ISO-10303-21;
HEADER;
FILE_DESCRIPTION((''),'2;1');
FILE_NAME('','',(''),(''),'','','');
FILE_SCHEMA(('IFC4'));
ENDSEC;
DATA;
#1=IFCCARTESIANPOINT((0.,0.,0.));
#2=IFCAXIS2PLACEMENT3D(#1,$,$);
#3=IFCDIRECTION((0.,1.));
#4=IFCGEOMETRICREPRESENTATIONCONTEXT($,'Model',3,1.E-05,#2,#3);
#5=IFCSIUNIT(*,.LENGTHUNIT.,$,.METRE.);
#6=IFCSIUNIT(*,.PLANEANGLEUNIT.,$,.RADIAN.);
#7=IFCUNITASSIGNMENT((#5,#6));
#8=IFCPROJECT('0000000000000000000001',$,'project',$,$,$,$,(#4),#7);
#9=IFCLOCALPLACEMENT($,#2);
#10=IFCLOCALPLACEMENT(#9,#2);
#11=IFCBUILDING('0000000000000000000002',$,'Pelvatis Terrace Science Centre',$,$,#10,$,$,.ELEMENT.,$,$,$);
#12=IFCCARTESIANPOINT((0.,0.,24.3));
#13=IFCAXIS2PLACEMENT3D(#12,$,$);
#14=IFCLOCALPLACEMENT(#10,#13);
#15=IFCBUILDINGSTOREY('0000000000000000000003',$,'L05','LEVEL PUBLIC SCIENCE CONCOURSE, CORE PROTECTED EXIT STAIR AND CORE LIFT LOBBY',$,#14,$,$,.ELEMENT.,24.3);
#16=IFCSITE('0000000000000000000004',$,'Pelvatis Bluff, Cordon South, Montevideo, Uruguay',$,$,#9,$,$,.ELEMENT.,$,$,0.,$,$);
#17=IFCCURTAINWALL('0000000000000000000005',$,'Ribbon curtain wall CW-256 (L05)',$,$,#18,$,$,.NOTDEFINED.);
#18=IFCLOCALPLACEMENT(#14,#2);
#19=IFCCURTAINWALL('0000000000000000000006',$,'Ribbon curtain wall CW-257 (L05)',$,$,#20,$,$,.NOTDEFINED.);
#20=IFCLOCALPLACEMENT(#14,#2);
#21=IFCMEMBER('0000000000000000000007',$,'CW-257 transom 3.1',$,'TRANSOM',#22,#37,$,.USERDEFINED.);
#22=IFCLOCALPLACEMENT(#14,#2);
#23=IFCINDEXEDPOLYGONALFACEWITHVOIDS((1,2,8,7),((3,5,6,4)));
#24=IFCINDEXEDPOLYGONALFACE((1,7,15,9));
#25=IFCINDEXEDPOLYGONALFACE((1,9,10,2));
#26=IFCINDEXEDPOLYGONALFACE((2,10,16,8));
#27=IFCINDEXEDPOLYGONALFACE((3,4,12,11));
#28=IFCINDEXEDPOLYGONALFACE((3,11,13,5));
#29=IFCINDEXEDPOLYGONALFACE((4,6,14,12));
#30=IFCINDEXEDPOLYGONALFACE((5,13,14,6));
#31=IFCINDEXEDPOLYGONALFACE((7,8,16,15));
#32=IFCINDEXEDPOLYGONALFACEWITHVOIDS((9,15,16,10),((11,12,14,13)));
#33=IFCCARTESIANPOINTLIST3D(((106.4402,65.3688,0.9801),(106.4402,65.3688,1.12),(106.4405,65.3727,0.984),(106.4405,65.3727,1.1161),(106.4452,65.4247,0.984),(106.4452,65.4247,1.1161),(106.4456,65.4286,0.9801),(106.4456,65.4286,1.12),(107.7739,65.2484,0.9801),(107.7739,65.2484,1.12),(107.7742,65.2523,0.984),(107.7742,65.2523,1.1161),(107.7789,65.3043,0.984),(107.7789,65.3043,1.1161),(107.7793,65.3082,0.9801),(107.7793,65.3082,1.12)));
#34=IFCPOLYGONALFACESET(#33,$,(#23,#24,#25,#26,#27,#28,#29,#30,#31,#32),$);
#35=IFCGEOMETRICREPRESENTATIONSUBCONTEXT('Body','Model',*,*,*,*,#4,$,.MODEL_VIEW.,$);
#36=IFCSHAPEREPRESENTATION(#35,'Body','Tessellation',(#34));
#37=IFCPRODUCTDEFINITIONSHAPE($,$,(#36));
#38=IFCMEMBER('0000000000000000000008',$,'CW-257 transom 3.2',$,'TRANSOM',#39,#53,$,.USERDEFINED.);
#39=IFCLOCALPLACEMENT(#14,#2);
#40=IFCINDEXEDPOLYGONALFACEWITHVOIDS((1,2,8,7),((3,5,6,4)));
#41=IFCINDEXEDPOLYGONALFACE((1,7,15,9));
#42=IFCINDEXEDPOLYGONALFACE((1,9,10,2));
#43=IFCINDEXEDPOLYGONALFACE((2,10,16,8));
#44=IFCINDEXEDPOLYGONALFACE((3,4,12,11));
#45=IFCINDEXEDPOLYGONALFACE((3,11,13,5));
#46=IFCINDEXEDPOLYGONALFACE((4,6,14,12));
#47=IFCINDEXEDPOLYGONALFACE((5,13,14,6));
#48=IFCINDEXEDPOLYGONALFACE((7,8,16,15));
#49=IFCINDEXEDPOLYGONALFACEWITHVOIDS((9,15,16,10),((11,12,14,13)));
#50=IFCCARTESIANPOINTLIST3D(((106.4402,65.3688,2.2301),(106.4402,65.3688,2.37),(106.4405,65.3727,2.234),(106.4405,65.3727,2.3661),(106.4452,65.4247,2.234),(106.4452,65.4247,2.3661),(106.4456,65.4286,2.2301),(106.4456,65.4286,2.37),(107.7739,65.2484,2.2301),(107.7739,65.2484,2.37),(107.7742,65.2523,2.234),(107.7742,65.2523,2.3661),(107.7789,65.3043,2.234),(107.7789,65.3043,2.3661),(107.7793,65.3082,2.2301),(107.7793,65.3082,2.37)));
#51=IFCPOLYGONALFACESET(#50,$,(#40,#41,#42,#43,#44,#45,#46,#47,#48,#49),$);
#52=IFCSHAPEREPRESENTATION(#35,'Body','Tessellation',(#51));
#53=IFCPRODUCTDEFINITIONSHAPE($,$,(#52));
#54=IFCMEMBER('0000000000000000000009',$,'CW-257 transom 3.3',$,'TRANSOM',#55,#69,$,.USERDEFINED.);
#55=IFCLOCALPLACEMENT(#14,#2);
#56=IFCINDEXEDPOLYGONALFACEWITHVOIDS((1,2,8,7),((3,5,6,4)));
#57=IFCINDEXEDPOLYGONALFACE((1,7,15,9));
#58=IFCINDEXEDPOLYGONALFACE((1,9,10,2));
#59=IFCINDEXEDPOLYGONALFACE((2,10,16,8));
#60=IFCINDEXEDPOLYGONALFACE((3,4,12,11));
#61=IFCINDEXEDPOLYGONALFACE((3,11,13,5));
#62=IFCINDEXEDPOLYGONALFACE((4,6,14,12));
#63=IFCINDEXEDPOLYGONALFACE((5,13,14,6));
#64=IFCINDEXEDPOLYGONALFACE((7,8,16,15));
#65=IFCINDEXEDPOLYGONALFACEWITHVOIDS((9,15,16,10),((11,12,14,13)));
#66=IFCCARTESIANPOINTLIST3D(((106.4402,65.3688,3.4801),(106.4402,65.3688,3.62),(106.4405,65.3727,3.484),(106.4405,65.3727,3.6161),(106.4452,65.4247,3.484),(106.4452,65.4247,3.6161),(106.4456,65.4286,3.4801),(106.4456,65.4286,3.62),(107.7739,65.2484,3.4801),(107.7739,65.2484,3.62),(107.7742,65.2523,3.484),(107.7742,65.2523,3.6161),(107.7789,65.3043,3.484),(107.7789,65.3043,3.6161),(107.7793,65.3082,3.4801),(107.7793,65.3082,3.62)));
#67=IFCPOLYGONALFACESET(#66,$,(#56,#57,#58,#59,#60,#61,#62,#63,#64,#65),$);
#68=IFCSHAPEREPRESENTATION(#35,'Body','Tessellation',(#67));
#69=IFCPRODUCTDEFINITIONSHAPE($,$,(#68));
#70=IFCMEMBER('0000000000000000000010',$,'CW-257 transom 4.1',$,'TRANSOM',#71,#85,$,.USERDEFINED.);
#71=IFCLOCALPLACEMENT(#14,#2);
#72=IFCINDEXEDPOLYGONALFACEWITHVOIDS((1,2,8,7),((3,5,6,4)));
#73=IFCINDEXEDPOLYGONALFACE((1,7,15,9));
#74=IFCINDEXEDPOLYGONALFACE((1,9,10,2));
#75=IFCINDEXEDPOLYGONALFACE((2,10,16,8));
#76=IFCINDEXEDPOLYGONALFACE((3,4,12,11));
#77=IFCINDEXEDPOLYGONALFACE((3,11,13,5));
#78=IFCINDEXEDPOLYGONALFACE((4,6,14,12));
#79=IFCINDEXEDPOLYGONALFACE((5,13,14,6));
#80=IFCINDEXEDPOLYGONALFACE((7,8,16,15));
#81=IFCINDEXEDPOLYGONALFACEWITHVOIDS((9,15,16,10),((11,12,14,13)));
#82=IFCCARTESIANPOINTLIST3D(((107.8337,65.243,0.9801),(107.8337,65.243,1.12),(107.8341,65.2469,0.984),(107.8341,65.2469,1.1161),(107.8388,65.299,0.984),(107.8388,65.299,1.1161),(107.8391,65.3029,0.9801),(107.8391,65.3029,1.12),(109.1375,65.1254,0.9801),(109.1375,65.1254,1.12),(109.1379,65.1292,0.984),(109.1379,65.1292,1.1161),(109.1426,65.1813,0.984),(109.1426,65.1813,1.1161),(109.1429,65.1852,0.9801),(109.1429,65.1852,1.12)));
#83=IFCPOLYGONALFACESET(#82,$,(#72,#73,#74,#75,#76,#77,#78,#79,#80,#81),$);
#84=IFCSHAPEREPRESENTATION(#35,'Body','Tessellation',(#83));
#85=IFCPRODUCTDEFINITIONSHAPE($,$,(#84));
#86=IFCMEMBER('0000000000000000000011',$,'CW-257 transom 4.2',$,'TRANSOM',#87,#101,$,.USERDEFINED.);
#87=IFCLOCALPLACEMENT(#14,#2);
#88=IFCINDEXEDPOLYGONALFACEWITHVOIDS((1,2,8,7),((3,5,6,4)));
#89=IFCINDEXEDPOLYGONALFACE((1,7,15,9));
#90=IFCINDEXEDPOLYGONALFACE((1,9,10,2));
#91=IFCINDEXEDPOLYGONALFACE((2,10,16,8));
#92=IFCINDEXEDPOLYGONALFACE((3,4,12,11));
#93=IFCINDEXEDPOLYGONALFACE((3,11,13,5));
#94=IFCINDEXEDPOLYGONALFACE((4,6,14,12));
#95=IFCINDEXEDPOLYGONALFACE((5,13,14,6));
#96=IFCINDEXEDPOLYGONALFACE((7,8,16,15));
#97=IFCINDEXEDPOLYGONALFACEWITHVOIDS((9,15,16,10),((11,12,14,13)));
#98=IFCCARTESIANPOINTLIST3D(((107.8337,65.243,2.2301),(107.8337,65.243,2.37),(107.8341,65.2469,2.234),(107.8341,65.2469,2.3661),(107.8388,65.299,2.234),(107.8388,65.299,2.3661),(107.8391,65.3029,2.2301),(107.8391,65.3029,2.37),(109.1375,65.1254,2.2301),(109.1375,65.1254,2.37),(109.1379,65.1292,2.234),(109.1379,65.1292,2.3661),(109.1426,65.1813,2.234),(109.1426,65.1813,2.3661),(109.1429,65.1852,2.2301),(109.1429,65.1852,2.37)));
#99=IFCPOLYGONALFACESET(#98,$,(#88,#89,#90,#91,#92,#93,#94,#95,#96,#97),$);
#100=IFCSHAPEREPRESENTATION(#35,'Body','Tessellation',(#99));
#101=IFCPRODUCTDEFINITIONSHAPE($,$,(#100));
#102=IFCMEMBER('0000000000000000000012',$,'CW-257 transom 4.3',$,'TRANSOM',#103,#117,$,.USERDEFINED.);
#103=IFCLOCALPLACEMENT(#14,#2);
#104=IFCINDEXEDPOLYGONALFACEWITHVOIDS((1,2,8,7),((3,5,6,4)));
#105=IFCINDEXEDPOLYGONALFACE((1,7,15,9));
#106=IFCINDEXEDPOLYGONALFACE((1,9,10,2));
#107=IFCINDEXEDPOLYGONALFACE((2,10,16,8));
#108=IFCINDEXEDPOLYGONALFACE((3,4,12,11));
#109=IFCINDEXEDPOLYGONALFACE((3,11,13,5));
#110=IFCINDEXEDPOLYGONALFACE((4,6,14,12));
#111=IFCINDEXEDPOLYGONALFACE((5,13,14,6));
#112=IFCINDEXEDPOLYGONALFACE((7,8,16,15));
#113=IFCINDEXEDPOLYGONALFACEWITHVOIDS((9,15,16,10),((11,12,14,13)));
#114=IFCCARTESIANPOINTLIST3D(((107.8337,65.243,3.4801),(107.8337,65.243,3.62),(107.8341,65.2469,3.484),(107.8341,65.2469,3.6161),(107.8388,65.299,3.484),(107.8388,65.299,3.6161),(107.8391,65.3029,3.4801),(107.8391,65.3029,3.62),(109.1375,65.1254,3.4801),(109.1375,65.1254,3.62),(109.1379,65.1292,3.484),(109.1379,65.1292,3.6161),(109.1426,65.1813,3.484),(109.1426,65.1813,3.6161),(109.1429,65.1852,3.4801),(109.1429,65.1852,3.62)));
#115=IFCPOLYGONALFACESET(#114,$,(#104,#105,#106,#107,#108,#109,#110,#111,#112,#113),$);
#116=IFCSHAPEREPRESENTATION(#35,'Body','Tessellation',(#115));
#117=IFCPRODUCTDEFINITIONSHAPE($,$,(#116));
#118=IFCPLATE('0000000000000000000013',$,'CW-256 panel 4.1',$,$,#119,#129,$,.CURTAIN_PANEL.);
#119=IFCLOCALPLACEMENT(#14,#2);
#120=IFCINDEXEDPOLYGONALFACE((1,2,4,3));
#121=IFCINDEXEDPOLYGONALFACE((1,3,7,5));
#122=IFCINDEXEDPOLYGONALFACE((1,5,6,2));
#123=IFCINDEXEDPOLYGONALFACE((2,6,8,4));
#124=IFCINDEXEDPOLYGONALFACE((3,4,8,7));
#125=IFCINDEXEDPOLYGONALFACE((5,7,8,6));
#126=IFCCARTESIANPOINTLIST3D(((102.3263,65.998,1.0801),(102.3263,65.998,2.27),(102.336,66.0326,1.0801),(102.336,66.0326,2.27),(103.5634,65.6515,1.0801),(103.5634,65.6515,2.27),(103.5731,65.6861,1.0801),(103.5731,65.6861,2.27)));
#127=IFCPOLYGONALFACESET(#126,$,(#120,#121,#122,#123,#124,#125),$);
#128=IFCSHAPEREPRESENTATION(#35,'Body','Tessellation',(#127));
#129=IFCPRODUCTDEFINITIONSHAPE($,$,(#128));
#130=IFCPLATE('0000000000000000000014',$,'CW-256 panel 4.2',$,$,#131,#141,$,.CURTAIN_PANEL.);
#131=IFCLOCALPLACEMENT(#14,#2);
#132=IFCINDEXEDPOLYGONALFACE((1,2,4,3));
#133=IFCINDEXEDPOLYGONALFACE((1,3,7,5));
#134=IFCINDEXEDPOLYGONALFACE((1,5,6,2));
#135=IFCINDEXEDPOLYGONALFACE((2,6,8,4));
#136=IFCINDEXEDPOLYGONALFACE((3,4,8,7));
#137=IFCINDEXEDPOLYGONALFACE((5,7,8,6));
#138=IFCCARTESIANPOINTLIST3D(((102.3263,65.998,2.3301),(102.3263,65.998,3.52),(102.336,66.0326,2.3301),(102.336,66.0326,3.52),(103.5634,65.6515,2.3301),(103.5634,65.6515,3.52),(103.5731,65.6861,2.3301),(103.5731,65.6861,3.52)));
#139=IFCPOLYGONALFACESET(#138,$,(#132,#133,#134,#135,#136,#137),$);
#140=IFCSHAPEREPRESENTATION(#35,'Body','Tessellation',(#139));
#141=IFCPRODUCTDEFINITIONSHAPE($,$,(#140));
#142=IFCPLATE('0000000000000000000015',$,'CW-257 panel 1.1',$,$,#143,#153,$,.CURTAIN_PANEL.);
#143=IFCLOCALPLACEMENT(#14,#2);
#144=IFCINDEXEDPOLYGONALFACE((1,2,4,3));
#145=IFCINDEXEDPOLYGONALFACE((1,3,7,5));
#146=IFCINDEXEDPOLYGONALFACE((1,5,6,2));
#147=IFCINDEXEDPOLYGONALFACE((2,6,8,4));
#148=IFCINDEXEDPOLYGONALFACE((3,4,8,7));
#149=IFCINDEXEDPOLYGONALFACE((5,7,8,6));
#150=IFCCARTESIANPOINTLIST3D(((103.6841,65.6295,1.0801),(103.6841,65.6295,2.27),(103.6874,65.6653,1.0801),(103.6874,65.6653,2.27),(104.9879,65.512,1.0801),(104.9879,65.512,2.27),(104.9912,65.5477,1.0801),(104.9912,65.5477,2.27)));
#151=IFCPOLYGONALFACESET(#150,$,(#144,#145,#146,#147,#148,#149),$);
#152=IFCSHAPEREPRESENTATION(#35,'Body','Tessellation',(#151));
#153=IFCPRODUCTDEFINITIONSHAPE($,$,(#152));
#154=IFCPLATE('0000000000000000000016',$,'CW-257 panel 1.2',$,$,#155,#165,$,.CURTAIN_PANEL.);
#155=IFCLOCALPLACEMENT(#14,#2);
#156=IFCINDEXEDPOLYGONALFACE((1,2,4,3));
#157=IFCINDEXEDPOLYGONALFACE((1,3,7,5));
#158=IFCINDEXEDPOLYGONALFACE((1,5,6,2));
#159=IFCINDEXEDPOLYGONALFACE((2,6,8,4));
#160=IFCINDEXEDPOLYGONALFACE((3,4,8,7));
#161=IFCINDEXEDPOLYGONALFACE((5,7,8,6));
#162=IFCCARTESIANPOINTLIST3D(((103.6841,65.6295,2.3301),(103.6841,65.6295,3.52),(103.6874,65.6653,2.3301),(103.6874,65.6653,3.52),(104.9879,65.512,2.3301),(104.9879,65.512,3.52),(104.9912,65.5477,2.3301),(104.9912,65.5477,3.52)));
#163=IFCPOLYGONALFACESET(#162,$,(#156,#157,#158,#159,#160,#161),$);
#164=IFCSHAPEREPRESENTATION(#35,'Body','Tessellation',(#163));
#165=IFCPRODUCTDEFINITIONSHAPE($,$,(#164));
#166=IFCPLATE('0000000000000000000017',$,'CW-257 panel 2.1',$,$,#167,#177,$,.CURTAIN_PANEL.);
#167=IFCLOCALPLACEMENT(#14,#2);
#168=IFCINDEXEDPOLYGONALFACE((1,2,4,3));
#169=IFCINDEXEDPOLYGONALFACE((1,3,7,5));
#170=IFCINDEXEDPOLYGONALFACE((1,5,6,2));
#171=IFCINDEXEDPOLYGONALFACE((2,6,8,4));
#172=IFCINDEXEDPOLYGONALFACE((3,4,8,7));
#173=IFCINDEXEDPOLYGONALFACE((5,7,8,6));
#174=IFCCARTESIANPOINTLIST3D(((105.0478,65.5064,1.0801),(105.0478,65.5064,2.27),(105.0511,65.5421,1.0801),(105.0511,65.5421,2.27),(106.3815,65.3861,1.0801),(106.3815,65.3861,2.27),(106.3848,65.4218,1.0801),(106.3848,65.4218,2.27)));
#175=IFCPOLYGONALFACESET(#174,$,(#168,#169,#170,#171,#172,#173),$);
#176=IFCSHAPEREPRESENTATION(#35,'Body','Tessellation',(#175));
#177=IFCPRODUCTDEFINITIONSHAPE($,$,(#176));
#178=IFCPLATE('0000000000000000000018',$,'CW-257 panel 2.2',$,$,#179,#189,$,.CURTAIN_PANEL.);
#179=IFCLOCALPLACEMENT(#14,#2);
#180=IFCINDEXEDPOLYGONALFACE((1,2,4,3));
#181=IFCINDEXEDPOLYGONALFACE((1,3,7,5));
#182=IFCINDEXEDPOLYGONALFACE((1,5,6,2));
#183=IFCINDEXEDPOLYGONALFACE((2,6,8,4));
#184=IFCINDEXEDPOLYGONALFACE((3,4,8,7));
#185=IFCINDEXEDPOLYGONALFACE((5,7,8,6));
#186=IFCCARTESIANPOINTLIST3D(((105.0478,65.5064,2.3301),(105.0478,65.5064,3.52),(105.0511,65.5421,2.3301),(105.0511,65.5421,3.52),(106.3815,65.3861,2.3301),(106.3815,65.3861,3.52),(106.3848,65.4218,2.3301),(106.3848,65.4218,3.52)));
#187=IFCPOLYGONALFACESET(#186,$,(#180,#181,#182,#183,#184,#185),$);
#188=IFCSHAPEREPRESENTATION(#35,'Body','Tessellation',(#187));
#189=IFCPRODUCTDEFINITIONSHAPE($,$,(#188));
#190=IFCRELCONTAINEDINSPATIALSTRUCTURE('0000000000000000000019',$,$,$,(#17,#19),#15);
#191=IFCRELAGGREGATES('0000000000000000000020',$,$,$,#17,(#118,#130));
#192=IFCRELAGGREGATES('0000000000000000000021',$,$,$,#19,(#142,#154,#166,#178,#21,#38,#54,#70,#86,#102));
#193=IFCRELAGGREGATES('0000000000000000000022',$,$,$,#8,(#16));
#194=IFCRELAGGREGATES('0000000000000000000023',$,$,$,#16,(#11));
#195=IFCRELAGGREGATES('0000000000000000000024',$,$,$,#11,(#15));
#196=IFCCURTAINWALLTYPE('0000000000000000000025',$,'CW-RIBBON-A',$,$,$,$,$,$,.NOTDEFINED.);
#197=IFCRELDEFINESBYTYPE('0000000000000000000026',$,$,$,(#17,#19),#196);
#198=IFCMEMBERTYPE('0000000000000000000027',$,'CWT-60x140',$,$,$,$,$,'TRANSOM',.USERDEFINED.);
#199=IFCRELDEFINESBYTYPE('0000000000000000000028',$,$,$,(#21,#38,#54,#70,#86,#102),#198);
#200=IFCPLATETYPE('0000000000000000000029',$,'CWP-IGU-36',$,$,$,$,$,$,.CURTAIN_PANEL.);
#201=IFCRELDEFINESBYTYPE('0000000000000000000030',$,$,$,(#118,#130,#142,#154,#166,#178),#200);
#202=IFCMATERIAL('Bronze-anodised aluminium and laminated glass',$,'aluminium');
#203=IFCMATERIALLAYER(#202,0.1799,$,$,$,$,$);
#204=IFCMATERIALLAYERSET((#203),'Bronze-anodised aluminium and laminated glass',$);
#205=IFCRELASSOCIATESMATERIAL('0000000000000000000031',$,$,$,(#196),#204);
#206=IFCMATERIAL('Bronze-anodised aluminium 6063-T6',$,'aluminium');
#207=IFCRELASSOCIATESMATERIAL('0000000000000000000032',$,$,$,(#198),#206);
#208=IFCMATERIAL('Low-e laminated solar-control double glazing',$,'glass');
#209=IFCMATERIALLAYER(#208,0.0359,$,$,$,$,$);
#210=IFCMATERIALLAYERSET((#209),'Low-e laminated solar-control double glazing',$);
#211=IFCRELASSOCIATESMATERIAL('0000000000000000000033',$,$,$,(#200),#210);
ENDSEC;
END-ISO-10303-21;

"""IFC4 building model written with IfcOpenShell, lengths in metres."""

from ifc_helpers import new_model, si_unit, direction, frame, origin, origin_2d, place, context, subcontext, project, spatial, rectangle, hollow_rectangle, extrude, material, layer, layer_set, material_profile, profile_set, type_object, element, aggregate, save


model = new_model("IFC4")

# Units and contexts
model_context = context("Model", 3, precision=1e-05, world=origin(), true_north=direction((0.0, 1.0)))
body_context = subcontext(model_context, "Body", "Model", "MODEL_VIEW")
ifc_project = project(units=[si_unit("LENGTHUNIT", "METRE"), si_unit("PLANEANGLEUNIT", "RADIAN")], contexts=[model_context])

# Site, building, storey
site_placement = place(None, origin())
site = spatial("IfcSite", under=ifc_project, at=site_placement, Name="Pelvatis Bluff, Cordon South, Montevideo, Uruguay", CompositionType="ELEMENT", RefElevation=0.0)
building_placement = place(site_placement, origin())
building = spatial("IfcBuilding", under=site, at=building_placement, Name="Pelvatis Terrace Science Centre", CompositionType="ELEMENT")
storey_placement = place(building_placement, frame((0.0, 0.0, 24.3)))
storey = spatial("IfcBuildingStorey", under=building, at=storey_placement, Name="L05", Description="LEVEL PUBLIC SCIENCE CONCOURSE, CORE PROTECTED EXIT STAIR AND CORE LIFT LOBBY", CompositionType="ELEMENT", Elevation=24.3)

# Curtain wall
ifc_material_1 = material(Name="Bronze-anodised aluminium and laminated glass", Category="aluminium")
ifc_layer_1 = layer(ifc_material_1, 0.1799)
ifc_layer_set_1 = layer_set([ifc_layer_1], Name="Bronze-anodised aluminium and laminated glass")
curtain_wall_type = type_object("IfcCurtainWallType", Name="CW-RIBBON-A", PredefinedType="NOTDEFINED", material=ifc_layer_set_1)
curtain_wall_1_placement = place(storey_placement, origin())
curtain_wall_1 = element("IfcCurtainWall", 1, at=curtain_wall_1_placement, inside=storey, type_object=curtain_wall_type, Name="Ribbon curtain wall CW-256 (L05)", PredefinedType="NOTDEFINED")

# Curtain wall, members
curtain_wall_2_placement = place(storey_placement, origin())
curtain_wall_2 = element("IfcCurtainWall", 2, at=curtain_wall_2_placement, inside=storey, type_object=curtain_wall_type, Name="Ribbon curtain wall CW-257 (L05)", PredefinedType="NOTDEFINED")
ifc_material_2 = material(Name="Bronze-anodised aluminium 6063-T6", Category="aluminium")
ifc_material_profile_1 = material_profile(ifc_material_2, hollow_rectangle(XDim=0.0601, YDim=0.1399, WallThickness=0.0039, at=origin_2d()), Name="ALU-TRN 60x140")
ifc_profile_set_1 = profile_set([ifc_material_profile_1], Name="Bronze-anodised aluminium 6063-T6")
member_type_1 = type_object("IfcMemberType", Name="CWT-60x140", ElementType="TRANSOM", PredefinedType="USERDEFINED", material=ifc_profile_set_1)
member_1_placement = place(storey_placement, frame((106.4429, 65.3987, 1.05), z_axis=(0.995953, -0.089878, 0.0), x_axis=(0.089878, 0.995953, 0.0)))
member_1 = element("IfcMember", 3, at=member_1_placement, type_object=member_type_1, Name="CW-257 transom 3.1", ObjectType="TRANSOM", PredefinedType="USERDEFINED", context=body_context, shape_type="SweptSolid", body=[
    extrude(hollow_rectangle(XDim=0.0601, YDim=0.1399, WallThickness=0.0039, at=origin_2d()), origin(), (0.0, 0.0, 1.0), 1.3391),
])
member_2_placement = place(storey_placement, frame((106.4429, 65.3987, 2.3), z_axis=(0.995953, -0.089878, 0.0), x_axis=(0.089878, 0.995953, 0.0)))
member_2 = element("IfcMember", 4, at=member_2_placement, type_object=member_type_1, Name="CW-257 transom 3.2", ObjectType="TRANSOM", PredefinedType="USERDEFINED", context=body_context, shape_type="SweptSolid", body=[
    extrude(hollow_rectangle(XDim=0.0601, YDim=0.1399, WallThickness=0.0039, at=origin_2d()), origin(), (0.0, 0.0, 1.0), 1.3391),
])
member_3_placement = place(storey_placement, frame((106.4429, 65.3987, 3.55), z_axis=(0.995953, -0.089878, 0.0), x_axis=(0.089878, 0.995953, 0.0)))
member_3 = element("IfcMember", 5, at=member_3_placement, type_object=member_type_1, Name="CW-257 transom 3.3", ObjectType="TRANSOM", PredefinedType="USERDEFINED", context=body_context, shape_type="SweptSolid", body=[
    extrude(hollow_rectangle(XDim=0.0601, YDim=0.1399, WallThickness=0.0039, at=origin_2d()), origin(), (0.0, 0.0, 1.0), 1.3391),
])
member_4_placement = place(storey_placement, frame((107.8364, 65.2729, 1.05), z_axis=(0.995951, -0.089897, 0.0), x_axis=(0.089897, 0.995951, 0.0)))
member_4 = element("IfcMember", 6, at=member_4_placement, type_object=member_type_1, Name="CW-257 transom 4.1", ObjectType="TRANSOM", PredefinedType="USERDEFINED", context=body_context, shape_type="SweptSolid", body=[
    extrude(hollow_rectangle(XDim=0.0601, YDim=0.1399, WallThickness=0.0039, at=origin_2d()), origin(), (0.0, 0.0, 1.0), 1.3091),
])
member_5_placement = place(storey_placement, frame((107.8364, 65.2729, 2.3), z_axis=(0.995951, -0.089897, 0.0), x_axis=(0.089897, 0.995951, 0.0)))
member_5 = element("IfcMember", 7, at=member_5_placement, type_object=member_type_1, Name="CW-257 transom 4.2", ObjectType="TRANSOM", PredefinedType="USERDEFINED", context=body_context, shape_type="SweptSolid", body=[
    extrude(hollow_rectangle(XDim=0.0601, YDim=0.1399, WallThickness=0.0039, at=origin_2d()), origin(), (0.0, 0.0, 1.0), 1.3091),
])
member_6_placement = place(storey_placement, frame((107.8364, 65.2729, 3.55), z_axis=(0.995951, -0.089897, 0.0), x_axis=(0.089897, 0.995951, 0.0)))
member_6 = element("IfcMember", 8, at=member_6_placement, type_object=member_type_1, Name="CW-257 transom 4.3", ObjectType="TRANSOM", PredefinedType="USERDEFINED", context=body_context, shape_type="SweptSolid", body=[
    extrude(hollow_rectangle(XDim=0.0601, YDim=0.1399, WallThickness=0.0039, at=origin_2d()), origin(), (0.0, 0.0, 1.0), 1.3091),
])

# Plates
ifc_material_3 = material(Name="Low-e laminated solar-control double glazing", Category="glass")
ifc_layer_2 = layer(ifc_material_3, 0.0359)
ifc_layer_set_2 = layer_set([ifc_layer_2], Name="Low-e laminated solar-control double glazing")
plate_type = type_object("IfcPlateType", Name="CWP-IGU-36", PredefinedType="CURTAIN_PANEL", material=ifc_layer_set_2)
plate_1_placement = place(storey_placement, frame((102.9497, 65.842, 1.0801), z_axis=(0.0, 0.0, 1.0), x_axis=(0.962946, -0.269695, 0.0)))
plate_1 = element("IfcPlate", 9, at=plate_1_placement, type_object=plate_type, Name="CW-256 panel 4.1", PredefinedType="CURTAIN_PANEL", context=body_context, shape_type="SweptSolid", body=[
    extrude(rectangle(XDim=1.2847, YDim=0.0359, at=origin_2d()), origin(), (0.0, 0.0, 1.0), 1.1899),
])
plate_2_placement = place(storey_placement, frame((102.9497, 65.842, 2.3301), z_axis=(0.0, 0.0, 1.0), x_axis=(0.962946, -0.269695, 0.0)))
plate_2 = element("IfcPlate", 10, at=plate_2_placement, type_object=plate_type, Name="CW-256 panel 4.2", PredefinedType="CURTAIN_PANEL", context=body_context, shape_type="SweptSolid", body=[
    extrude(rectangle(XDim=1.2847, YDim=0.0359, at=origin_2d()), origin(), (0.0, 0.0, 1.0), 1.1899),
])
aggregate(curtain_wall_1, [plate_1, plate_2])
plate_3_placement = place(storey_placement, frame((104.3376, 65.5886, 1.0801), z_axis=(0.0, 0.0, 1.0), x_axis=(0.995958, -0.08982, 0.0)))
plate_3 = element("IfcPlate", 11, at=plate_3_placement, type_object=plate_type, Name="CW-257 panel 1.1", PredefinedType="CURTAIN_PANEL", context=body_context, shape_type="SweptSolid", body=[
    extrude(rectangle(XDim=1.3091, YDim=0.0359, at=origin_2d()), origin(), (0.0, 0.0, 1.0), 1.1899),
])
plate_4_placement = place(storey_placement, frame((104.3376, 65.5886, 2.3301), z_axis=(0.0, 0.0, 1.0), x_axis=(0.995958, -0.08982, 0.0)))
plate_4 = element("IfcPlate", 12, at=plate_4_placement, type_object=plate_type, Name="CW-257 panel 1.2", PredefinedType="CURTAIN_PANEL", context=body_context, shape_type="SweptSolid", body=[
    extrude(rectangle(XDim=1.3091, YDim=0.0359, at=origin_2d()), origin(), (0.0, 0.0, 1.0), 1.1899),
])
plate_5_placement = place(storey_placement, frame((105.7163, 65.4641, 1.0801), z_axis=(0.0, 0.0, 1.0), x_axis=(0.995958, -0.08982, 0.0)))
plate_5 = element("IfcPlate", 13, at=plate_5_placement, type_object=plate_type, Name="CW-257 panel 2.1", PredefinedType="CURTAIN_PANEL", context=body_context, shape_type="SweptSolid", body=[
    extrude(rectangle(XDim=1.3391, YDim=0.0359, at=origin_2d()), origin(), (0.0, 0.0, 1.0), 1.1899),
])
plate_6_placement = place(storey_placement, frame((105.7163, 65.4641, 2.3301), z_axis=(0.0, 0.0, 1.0), x_axis=(0.995958, -0.08982, 0.0)))
plate_6 = element("IfcPlate", 14, at=plate_6_placement, type_object=plate_type, Name="CW-257 panel 2.2", PredefinedType="CURTAIN_PANEL", context=body_context, shape_type="SweptSolid", body=[
    extrude(rectangle(XDim=1.3391, YDim=0.0359, at=origin_2d()), origin(), (0.0, 0.0, 1.0), 1.1899),
])
aggregate(curtain_wall_2, [plate_3, plate_4, plate_5, plate_6, member_1, member_2, member_3, member_4, member_5, member_6])

save(model, "model.ifc")
